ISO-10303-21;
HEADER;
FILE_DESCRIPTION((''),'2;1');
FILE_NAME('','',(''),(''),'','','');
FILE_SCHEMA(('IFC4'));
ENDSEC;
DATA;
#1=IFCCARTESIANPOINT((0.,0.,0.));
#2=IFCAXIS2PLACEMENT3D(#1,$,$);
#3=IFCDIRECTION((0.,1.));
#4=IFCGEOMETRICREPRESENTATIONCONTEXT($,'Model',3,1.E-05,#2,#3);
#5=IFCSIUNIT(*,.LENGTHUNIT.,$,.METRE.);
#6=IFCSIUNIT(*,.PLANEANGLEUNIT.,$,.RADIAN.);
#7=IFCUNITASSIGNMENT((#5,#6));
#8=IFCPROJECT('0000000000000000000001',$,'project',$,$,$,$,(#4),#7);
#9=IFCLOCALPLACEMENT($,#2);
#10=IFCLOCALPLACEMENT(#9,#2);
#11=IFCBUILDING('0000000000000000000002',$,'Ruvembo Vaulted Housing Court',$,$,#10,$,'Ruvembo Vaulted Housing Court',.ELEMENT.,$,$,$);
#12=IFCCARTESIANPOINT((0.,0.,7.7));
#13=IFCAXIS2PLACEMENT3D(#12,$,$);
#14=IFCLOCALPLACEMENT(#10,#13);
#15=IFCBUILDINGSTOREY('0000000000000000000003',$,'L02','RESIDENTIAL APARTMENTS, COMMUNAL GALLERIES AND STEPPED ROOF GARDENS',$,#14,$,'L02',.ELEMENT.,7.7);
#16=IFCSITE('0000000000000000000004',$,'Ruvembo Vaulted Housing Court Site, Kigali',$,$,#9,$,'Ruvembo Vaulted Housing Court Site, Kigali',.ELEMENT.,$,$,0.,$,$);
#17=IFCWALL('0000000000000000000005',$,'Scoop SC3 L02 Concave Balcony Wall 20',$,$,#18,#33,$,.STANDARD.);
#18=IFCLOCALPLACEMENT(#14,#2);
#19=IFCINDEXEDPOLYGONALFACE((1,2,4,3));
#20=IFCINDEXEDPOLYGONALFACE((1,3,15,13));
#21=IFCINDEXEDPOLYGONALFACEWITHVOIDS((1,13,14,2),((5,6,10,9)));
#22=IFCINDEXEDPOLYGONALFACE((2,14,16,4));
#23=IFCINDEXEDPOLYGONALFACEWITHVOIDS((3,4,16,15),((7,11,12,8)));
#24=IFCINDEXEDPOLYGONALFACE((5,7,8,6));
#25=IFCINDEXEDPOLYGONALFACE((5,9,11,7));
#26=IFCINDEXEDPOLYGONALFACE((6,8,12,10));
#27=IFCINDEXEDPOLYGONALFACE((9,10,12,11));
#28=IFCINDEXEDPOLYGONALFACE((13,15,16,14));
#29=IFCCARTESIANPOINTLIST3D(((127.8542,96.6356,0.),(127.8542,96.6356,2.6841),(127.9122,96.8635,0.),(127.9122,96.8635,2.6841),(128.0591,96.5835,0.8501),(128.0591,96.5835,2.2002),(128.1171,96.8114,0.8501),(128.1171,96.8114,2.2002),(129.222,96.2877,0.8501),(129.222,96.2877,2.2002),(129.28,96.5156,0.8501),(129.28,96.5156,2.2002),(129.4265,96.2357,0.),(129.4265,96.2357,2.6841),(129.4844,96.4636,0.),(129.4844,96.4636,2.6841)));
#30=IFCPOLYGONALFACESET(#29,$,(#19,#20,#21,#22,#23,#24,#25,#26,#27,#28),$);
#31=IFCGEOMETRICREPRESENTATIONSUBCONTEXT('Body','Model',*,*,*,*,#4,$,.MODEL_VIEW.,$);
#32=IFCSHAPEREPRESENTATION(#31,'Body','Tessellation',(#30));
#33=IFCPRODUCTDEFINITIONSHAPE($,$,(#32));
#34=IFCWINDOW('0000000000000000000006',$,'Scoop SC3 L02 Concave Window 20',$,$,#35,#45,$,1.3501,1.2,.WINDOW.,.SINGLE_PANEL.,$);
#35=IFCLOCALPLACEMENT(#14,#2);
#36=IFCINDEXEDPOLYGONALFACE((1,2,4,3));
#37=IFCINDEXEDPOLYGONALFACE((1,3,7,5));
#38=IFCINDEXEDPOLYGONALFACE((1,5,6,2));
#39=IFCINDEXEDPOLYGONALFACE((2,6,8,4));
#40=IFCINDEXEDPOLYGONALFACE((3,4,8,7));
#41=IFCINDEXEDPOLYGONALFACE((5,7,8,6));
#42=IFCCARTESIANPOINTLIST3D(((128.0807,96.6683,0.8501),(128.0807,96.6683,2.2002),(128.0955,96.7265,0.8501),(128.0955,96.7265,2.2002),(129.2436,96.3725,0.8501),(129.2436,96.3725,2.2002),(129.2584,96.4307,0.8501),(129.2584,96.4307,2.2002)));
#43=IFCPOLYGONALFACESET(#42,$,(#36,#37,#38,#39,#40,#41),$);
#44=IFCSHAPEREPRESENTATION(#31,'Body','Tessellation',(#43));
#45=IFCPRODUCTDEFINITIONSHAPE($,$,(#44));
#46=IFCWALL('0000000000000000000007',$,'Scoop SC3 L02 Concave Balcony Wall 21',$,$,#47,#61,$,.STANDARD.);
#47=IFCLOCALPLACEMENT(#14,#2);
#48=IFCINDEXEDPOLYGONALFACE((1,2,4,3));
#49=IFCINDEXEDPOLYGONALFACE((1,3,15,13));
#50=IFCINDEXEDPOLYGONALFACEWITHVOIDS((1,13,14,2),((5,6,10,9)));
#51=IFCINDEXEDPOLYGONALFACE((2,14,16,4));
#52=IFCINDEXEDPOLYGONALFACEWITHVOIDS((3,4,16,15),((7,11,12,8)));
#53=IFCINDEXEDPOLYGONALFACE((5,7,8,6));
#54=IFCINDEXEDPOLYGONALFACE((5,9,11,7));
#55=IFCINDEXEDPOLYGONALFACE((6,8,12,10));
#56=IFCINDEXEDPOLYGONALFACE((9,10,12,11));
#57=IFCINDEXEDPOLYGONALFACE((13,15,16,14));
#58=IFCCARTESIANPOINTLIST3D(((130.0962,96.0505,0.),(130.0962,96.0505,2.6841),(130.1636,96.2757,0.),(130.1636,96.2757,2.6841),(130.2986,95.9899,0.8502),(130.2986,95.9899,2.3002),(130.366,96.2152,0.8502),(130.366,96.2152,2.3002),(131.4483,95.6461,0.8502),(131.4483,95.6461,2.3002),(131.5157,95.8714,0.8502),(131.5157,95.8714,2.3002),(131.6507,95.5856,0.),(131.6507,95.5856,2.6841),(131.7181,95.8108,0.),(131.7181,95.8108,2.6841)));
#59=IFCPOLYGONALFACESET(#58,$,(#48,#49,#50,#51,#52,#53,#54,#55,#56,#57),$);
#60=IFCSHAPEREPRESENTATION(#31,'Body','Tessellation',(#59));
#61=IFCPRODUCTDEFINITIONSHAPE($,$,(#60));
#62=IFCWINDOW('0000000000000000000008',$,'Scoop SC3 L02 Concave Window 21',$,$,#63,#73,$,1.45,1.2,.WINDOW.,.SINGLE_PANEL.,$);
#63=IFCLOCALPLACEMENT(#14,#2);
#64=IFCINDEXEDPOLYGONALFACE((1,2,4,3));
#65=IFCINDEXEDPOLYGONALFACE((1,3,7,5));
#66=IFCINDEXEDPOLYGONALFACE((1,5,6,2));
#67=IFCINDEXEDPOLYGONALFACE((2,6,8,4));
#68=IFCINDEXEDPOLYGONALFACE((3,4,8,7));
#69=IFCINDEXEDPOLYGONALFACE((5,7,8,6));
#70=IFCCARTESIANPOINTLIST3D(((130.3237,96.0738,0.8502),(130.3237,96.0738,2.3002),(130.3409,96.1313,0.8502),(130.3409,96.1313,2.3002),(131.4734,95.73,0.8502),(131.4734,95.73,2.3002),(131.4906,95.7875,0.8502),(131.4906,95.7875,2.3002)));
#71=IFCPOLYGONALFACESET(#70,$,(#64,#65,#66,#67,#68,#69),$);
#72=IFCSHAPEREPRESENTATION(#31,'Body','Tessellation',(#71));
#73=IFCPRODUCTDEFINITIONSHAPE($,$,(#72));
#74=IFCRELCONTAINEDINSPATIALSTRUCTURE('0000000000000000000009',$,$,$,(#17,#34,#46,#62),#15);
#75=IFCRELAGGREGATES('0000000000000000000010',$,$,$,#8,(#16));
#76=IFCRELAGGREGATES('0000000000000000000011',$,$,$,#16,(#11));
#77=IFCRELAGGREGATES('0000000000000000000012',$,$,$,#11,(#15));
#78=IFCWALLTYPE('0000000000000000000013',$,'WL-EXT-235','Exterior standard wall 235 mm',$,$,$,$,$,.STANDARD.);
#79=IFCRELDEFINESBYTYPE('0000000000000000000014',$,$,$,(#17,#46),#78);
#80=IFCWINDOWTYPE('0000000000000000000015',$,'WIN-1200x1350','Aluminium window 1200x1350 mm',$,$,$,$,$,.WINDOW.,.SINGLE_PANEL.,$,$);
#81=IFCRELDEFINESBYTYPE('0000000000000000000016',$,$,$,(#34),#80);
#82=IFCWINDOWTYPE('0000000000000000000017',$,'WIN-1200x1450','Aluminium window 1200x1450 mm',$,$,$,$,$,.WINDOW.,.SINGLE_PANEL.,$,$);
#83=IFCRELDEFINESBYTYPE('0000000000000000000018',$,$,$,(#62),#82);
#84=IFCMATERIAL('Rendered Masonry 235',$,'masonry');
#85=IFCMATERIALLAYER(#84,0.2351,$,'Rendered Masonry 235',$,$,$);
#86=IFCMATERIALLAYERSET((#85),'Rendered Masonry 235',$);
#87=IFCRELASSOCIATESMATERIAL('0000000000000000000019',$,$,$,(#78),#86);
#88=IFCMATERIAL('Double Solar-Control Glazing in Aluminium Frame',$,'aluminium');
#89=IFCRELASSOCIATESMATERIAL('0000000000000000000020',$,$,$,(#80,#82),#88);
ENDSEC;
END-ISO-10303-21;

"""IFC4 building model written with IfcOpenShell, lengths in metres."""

from ifc_helpers import new_model, si_unit, direction, frame, frame_2d, origin, place, context, subcontext, project, spatial, rectangle, extrude, material, layer, layer_set, type_object, element, fill, save


model = new_model("IFC4")

# Units and contexts
model_context = context("Model", 3, precision=1e-05, world=origin(), true_north=direction((0.0, 1.0)))
body_context = subcontext(model_context, "Body", "Model", "MODEL_VIEW")
ifc_project = project(units=[si_unit("LENGTHUNIT", "METRE"), si_unit("PLANEANGLEUNIT", "RADIAN")], contexts=[model_context])

# Site, building, storey
site_placement = place(None, origin())
site = spatial("IfcSite", under=ifc_project, at=site_placement, Name="Ruvembo Vaulted Housing Court Site, Kigali", LongName="Ruvembo Vaulted Housing Court Site, Kigali", CompositionType="ELEMENT", RefElevation=0.0)
building_placement = place(site_placement, origin())
building = spatial("IfcBuilding", under=site, at=building_placement, Name="Ruvembo Vaulted Housing Court", LongName="Ruvembo Vaulted Housing Court", CompositionType="ELEMENT")
storey_placement = place(building_placement, frame((0.0, 0.0, 7.7)))
storey = spatial("IfcBuildingStorey", under=building, at=storey_placement, Name="L02", Description="RESIDENTIAL APARTMENTS, COMMUNAL GALLERIES AND STEPPED ROOF GARDENS", LongName="L02", CompositionType="ELEMENT", Elevation=7.7)

# Shared definitions
ifc_material_1 = material(Name="Rendered Masonry 235", Category="masonry")
ifc_layer_1 = layer(ifc_material_1, 0.2351, Name="Rendered Masonry 235")
ifc_layer_set_1 = layer_set([ifc_layer_1], Name="Rendered Masonry 235")
wall_type_1 = type_object("IfcWallType", Name="WL-EXT-235", Description="Exterior standard wall 235 mm", PredefinedType="STANDARD", material=ifc_layer_set_1)
ifc_material_2 = material(Name="Double Solar-Control Glazing in Aluminium Frame", Category="aluminium")

# Walls, openings, windows
wall_1_placement = place(storey_placement, frame((127.8833, 96.7495, 0.0), z_axis=(0.0, 0.0, 1.0), x_axis=(0.969143, -0.246499, 0.0)))
wall_1 = element("IfcWall", 1, at=wall_1_placement, inside=storey, type_object=wall_type_1, Name="Scoop SC3 L02 Concave Balcony Wall 20", PredefinedType="STANDARD", context=body_context, shape_type="SweptSolid", body=[
    extrude(rectangle(XDim=1.6223, YDim=0.2351, at=frame_2d((0.811, 0.0))), origin(), (0.0, 0.0, 1.0), 2.6841),
])
opening_1_placement = place(wall_1_placement, frame((0.2112, 0.0, 0.8501)))
opening_1 = element("IfcOpeningElement", 2, at=opening_1_placement, cuts=wall_1, PredefinedType="OPENING", context=body_context, shape_type="SweptSolid", body=[
    extrude(rectangle(XDim=1.2, YDim=1.3501, at=frame_2d((0.6001, 0.675))), frame((0.0, 0.1274, 0.0), z_axis=(0.0, -1.0, 0.0), x_axis=(1.0, 0.0, 0.0)), (0.0, 0.0, 1.0), 0.2551),
])
window_type_1 = type_object("IfcWindowType", Name="WIN-1200x1350", Description="Aluminium window 1200x1350 mm", PartitioningType="SINGLE_PANEL", PredefinedType="WINDOW", material=ifc_material_2)
window_1_placement = place(opening_1_placement, origin())
window_1 = element("IfcWindow", 3, at=window_1_placement, inside=storey, type_object=window_type_1, Name="Scoop SC3 L02 Concave Window 20", OverallHeight=1.3501, OverallWidth=1.2, PartitioningType="SINGLE_PANEL", PredefinedType="WINDOW", context=body_context, shape_type="SweptSolid", body=[
    extrude(rectangle(XDim=1.2, YDim=1.3501, at=frame_2d((0.6001, 0.675))), frame((0.0, 0.03, 0.0), z_axis=(0.0, -1.0, 0.0), x_axis=(1.0, 0.0, 0.0)), (0.0, 0.0, 1.0), 0.0601),
])
fill(opening_1, window_1)
wall_2_placement = place(storey_placement, frame((130.1299, 96.1631, 0.0), z_axis=(0.0, 0.0, 1.0), x_axis=(0.958079, -0.286506, 0.0)))
wall_2 = element("IfcWall", 4, at=wall_2_placement, inside=storey, type_object=wall_type_1, Name="Scoop SC3 L02 Concave Balcony Wall 21", PredefinedType="STANDARD", context=body_context, shape_type="SweptSolid", body=[
    extrude(rectangle(XDim=1.6226, YDim=0.2351, at=frame_2d((0.8113, 0.0))), origin(), (0.0, 0.0, 1.0), 2.6841),
])
opening_2_placement = place(wall_2_placement, frame((0.2112, 0.0, 0.8501)))
opening_2 = element("IfcOpeningElement", 5, at=opening_2_placement, cuts=wall_2, PredefinedType="OPENING", context=body_context, shape_type="SweptSolid", body=[
    extrude(rectangle(XDim=1.2, YDim=1.45, at=frame_2d((0.6001, 0.7251))), frame((0.0, 0.1274, 0.0), z_axis=(0.0, -1.0, 0.0), x_axis=(1.0, 0.0, 0.0)), (0.0, 0.0, 1.0), 0.2551),
])
window_type_2 = type_object("IfcWindowType", Name="WIN-1200x1450", Description="Aluminium window 1200x1450 mm", PartitioningType="SINGLE_PANEL", PredefinedType="WINDOW", material=ifc_material_2)
window_2_placement = place(opening_2_placement, origin())
window_2 = element("IfcWindow", 6, at=window_2_placement, inside=storey, type_object=window_type_2, Name="Scoop SC3 L02 Concave Window 21", OverallHeight=1.45, OverallWidth=1.2, PartitioningType="SINGLE_PANEL", PredefinedType="WINDOW", context=body_context, shape_type="SweptSolid", body=[
    extrude(rectangle(XDim=1.2, YDim=1.45, at=frame_2d((0.6001, 0.7251))), frame((0.0, 0.03, 0.0), z_axis=(0.0, -1.0, 0.0), x_axis=(1.0, 0.0, 0.0)), (0.0, 0.0, 1.0), 0.0601),
])
fill(opening_2, window_2)

save(model, "model.ifc")
